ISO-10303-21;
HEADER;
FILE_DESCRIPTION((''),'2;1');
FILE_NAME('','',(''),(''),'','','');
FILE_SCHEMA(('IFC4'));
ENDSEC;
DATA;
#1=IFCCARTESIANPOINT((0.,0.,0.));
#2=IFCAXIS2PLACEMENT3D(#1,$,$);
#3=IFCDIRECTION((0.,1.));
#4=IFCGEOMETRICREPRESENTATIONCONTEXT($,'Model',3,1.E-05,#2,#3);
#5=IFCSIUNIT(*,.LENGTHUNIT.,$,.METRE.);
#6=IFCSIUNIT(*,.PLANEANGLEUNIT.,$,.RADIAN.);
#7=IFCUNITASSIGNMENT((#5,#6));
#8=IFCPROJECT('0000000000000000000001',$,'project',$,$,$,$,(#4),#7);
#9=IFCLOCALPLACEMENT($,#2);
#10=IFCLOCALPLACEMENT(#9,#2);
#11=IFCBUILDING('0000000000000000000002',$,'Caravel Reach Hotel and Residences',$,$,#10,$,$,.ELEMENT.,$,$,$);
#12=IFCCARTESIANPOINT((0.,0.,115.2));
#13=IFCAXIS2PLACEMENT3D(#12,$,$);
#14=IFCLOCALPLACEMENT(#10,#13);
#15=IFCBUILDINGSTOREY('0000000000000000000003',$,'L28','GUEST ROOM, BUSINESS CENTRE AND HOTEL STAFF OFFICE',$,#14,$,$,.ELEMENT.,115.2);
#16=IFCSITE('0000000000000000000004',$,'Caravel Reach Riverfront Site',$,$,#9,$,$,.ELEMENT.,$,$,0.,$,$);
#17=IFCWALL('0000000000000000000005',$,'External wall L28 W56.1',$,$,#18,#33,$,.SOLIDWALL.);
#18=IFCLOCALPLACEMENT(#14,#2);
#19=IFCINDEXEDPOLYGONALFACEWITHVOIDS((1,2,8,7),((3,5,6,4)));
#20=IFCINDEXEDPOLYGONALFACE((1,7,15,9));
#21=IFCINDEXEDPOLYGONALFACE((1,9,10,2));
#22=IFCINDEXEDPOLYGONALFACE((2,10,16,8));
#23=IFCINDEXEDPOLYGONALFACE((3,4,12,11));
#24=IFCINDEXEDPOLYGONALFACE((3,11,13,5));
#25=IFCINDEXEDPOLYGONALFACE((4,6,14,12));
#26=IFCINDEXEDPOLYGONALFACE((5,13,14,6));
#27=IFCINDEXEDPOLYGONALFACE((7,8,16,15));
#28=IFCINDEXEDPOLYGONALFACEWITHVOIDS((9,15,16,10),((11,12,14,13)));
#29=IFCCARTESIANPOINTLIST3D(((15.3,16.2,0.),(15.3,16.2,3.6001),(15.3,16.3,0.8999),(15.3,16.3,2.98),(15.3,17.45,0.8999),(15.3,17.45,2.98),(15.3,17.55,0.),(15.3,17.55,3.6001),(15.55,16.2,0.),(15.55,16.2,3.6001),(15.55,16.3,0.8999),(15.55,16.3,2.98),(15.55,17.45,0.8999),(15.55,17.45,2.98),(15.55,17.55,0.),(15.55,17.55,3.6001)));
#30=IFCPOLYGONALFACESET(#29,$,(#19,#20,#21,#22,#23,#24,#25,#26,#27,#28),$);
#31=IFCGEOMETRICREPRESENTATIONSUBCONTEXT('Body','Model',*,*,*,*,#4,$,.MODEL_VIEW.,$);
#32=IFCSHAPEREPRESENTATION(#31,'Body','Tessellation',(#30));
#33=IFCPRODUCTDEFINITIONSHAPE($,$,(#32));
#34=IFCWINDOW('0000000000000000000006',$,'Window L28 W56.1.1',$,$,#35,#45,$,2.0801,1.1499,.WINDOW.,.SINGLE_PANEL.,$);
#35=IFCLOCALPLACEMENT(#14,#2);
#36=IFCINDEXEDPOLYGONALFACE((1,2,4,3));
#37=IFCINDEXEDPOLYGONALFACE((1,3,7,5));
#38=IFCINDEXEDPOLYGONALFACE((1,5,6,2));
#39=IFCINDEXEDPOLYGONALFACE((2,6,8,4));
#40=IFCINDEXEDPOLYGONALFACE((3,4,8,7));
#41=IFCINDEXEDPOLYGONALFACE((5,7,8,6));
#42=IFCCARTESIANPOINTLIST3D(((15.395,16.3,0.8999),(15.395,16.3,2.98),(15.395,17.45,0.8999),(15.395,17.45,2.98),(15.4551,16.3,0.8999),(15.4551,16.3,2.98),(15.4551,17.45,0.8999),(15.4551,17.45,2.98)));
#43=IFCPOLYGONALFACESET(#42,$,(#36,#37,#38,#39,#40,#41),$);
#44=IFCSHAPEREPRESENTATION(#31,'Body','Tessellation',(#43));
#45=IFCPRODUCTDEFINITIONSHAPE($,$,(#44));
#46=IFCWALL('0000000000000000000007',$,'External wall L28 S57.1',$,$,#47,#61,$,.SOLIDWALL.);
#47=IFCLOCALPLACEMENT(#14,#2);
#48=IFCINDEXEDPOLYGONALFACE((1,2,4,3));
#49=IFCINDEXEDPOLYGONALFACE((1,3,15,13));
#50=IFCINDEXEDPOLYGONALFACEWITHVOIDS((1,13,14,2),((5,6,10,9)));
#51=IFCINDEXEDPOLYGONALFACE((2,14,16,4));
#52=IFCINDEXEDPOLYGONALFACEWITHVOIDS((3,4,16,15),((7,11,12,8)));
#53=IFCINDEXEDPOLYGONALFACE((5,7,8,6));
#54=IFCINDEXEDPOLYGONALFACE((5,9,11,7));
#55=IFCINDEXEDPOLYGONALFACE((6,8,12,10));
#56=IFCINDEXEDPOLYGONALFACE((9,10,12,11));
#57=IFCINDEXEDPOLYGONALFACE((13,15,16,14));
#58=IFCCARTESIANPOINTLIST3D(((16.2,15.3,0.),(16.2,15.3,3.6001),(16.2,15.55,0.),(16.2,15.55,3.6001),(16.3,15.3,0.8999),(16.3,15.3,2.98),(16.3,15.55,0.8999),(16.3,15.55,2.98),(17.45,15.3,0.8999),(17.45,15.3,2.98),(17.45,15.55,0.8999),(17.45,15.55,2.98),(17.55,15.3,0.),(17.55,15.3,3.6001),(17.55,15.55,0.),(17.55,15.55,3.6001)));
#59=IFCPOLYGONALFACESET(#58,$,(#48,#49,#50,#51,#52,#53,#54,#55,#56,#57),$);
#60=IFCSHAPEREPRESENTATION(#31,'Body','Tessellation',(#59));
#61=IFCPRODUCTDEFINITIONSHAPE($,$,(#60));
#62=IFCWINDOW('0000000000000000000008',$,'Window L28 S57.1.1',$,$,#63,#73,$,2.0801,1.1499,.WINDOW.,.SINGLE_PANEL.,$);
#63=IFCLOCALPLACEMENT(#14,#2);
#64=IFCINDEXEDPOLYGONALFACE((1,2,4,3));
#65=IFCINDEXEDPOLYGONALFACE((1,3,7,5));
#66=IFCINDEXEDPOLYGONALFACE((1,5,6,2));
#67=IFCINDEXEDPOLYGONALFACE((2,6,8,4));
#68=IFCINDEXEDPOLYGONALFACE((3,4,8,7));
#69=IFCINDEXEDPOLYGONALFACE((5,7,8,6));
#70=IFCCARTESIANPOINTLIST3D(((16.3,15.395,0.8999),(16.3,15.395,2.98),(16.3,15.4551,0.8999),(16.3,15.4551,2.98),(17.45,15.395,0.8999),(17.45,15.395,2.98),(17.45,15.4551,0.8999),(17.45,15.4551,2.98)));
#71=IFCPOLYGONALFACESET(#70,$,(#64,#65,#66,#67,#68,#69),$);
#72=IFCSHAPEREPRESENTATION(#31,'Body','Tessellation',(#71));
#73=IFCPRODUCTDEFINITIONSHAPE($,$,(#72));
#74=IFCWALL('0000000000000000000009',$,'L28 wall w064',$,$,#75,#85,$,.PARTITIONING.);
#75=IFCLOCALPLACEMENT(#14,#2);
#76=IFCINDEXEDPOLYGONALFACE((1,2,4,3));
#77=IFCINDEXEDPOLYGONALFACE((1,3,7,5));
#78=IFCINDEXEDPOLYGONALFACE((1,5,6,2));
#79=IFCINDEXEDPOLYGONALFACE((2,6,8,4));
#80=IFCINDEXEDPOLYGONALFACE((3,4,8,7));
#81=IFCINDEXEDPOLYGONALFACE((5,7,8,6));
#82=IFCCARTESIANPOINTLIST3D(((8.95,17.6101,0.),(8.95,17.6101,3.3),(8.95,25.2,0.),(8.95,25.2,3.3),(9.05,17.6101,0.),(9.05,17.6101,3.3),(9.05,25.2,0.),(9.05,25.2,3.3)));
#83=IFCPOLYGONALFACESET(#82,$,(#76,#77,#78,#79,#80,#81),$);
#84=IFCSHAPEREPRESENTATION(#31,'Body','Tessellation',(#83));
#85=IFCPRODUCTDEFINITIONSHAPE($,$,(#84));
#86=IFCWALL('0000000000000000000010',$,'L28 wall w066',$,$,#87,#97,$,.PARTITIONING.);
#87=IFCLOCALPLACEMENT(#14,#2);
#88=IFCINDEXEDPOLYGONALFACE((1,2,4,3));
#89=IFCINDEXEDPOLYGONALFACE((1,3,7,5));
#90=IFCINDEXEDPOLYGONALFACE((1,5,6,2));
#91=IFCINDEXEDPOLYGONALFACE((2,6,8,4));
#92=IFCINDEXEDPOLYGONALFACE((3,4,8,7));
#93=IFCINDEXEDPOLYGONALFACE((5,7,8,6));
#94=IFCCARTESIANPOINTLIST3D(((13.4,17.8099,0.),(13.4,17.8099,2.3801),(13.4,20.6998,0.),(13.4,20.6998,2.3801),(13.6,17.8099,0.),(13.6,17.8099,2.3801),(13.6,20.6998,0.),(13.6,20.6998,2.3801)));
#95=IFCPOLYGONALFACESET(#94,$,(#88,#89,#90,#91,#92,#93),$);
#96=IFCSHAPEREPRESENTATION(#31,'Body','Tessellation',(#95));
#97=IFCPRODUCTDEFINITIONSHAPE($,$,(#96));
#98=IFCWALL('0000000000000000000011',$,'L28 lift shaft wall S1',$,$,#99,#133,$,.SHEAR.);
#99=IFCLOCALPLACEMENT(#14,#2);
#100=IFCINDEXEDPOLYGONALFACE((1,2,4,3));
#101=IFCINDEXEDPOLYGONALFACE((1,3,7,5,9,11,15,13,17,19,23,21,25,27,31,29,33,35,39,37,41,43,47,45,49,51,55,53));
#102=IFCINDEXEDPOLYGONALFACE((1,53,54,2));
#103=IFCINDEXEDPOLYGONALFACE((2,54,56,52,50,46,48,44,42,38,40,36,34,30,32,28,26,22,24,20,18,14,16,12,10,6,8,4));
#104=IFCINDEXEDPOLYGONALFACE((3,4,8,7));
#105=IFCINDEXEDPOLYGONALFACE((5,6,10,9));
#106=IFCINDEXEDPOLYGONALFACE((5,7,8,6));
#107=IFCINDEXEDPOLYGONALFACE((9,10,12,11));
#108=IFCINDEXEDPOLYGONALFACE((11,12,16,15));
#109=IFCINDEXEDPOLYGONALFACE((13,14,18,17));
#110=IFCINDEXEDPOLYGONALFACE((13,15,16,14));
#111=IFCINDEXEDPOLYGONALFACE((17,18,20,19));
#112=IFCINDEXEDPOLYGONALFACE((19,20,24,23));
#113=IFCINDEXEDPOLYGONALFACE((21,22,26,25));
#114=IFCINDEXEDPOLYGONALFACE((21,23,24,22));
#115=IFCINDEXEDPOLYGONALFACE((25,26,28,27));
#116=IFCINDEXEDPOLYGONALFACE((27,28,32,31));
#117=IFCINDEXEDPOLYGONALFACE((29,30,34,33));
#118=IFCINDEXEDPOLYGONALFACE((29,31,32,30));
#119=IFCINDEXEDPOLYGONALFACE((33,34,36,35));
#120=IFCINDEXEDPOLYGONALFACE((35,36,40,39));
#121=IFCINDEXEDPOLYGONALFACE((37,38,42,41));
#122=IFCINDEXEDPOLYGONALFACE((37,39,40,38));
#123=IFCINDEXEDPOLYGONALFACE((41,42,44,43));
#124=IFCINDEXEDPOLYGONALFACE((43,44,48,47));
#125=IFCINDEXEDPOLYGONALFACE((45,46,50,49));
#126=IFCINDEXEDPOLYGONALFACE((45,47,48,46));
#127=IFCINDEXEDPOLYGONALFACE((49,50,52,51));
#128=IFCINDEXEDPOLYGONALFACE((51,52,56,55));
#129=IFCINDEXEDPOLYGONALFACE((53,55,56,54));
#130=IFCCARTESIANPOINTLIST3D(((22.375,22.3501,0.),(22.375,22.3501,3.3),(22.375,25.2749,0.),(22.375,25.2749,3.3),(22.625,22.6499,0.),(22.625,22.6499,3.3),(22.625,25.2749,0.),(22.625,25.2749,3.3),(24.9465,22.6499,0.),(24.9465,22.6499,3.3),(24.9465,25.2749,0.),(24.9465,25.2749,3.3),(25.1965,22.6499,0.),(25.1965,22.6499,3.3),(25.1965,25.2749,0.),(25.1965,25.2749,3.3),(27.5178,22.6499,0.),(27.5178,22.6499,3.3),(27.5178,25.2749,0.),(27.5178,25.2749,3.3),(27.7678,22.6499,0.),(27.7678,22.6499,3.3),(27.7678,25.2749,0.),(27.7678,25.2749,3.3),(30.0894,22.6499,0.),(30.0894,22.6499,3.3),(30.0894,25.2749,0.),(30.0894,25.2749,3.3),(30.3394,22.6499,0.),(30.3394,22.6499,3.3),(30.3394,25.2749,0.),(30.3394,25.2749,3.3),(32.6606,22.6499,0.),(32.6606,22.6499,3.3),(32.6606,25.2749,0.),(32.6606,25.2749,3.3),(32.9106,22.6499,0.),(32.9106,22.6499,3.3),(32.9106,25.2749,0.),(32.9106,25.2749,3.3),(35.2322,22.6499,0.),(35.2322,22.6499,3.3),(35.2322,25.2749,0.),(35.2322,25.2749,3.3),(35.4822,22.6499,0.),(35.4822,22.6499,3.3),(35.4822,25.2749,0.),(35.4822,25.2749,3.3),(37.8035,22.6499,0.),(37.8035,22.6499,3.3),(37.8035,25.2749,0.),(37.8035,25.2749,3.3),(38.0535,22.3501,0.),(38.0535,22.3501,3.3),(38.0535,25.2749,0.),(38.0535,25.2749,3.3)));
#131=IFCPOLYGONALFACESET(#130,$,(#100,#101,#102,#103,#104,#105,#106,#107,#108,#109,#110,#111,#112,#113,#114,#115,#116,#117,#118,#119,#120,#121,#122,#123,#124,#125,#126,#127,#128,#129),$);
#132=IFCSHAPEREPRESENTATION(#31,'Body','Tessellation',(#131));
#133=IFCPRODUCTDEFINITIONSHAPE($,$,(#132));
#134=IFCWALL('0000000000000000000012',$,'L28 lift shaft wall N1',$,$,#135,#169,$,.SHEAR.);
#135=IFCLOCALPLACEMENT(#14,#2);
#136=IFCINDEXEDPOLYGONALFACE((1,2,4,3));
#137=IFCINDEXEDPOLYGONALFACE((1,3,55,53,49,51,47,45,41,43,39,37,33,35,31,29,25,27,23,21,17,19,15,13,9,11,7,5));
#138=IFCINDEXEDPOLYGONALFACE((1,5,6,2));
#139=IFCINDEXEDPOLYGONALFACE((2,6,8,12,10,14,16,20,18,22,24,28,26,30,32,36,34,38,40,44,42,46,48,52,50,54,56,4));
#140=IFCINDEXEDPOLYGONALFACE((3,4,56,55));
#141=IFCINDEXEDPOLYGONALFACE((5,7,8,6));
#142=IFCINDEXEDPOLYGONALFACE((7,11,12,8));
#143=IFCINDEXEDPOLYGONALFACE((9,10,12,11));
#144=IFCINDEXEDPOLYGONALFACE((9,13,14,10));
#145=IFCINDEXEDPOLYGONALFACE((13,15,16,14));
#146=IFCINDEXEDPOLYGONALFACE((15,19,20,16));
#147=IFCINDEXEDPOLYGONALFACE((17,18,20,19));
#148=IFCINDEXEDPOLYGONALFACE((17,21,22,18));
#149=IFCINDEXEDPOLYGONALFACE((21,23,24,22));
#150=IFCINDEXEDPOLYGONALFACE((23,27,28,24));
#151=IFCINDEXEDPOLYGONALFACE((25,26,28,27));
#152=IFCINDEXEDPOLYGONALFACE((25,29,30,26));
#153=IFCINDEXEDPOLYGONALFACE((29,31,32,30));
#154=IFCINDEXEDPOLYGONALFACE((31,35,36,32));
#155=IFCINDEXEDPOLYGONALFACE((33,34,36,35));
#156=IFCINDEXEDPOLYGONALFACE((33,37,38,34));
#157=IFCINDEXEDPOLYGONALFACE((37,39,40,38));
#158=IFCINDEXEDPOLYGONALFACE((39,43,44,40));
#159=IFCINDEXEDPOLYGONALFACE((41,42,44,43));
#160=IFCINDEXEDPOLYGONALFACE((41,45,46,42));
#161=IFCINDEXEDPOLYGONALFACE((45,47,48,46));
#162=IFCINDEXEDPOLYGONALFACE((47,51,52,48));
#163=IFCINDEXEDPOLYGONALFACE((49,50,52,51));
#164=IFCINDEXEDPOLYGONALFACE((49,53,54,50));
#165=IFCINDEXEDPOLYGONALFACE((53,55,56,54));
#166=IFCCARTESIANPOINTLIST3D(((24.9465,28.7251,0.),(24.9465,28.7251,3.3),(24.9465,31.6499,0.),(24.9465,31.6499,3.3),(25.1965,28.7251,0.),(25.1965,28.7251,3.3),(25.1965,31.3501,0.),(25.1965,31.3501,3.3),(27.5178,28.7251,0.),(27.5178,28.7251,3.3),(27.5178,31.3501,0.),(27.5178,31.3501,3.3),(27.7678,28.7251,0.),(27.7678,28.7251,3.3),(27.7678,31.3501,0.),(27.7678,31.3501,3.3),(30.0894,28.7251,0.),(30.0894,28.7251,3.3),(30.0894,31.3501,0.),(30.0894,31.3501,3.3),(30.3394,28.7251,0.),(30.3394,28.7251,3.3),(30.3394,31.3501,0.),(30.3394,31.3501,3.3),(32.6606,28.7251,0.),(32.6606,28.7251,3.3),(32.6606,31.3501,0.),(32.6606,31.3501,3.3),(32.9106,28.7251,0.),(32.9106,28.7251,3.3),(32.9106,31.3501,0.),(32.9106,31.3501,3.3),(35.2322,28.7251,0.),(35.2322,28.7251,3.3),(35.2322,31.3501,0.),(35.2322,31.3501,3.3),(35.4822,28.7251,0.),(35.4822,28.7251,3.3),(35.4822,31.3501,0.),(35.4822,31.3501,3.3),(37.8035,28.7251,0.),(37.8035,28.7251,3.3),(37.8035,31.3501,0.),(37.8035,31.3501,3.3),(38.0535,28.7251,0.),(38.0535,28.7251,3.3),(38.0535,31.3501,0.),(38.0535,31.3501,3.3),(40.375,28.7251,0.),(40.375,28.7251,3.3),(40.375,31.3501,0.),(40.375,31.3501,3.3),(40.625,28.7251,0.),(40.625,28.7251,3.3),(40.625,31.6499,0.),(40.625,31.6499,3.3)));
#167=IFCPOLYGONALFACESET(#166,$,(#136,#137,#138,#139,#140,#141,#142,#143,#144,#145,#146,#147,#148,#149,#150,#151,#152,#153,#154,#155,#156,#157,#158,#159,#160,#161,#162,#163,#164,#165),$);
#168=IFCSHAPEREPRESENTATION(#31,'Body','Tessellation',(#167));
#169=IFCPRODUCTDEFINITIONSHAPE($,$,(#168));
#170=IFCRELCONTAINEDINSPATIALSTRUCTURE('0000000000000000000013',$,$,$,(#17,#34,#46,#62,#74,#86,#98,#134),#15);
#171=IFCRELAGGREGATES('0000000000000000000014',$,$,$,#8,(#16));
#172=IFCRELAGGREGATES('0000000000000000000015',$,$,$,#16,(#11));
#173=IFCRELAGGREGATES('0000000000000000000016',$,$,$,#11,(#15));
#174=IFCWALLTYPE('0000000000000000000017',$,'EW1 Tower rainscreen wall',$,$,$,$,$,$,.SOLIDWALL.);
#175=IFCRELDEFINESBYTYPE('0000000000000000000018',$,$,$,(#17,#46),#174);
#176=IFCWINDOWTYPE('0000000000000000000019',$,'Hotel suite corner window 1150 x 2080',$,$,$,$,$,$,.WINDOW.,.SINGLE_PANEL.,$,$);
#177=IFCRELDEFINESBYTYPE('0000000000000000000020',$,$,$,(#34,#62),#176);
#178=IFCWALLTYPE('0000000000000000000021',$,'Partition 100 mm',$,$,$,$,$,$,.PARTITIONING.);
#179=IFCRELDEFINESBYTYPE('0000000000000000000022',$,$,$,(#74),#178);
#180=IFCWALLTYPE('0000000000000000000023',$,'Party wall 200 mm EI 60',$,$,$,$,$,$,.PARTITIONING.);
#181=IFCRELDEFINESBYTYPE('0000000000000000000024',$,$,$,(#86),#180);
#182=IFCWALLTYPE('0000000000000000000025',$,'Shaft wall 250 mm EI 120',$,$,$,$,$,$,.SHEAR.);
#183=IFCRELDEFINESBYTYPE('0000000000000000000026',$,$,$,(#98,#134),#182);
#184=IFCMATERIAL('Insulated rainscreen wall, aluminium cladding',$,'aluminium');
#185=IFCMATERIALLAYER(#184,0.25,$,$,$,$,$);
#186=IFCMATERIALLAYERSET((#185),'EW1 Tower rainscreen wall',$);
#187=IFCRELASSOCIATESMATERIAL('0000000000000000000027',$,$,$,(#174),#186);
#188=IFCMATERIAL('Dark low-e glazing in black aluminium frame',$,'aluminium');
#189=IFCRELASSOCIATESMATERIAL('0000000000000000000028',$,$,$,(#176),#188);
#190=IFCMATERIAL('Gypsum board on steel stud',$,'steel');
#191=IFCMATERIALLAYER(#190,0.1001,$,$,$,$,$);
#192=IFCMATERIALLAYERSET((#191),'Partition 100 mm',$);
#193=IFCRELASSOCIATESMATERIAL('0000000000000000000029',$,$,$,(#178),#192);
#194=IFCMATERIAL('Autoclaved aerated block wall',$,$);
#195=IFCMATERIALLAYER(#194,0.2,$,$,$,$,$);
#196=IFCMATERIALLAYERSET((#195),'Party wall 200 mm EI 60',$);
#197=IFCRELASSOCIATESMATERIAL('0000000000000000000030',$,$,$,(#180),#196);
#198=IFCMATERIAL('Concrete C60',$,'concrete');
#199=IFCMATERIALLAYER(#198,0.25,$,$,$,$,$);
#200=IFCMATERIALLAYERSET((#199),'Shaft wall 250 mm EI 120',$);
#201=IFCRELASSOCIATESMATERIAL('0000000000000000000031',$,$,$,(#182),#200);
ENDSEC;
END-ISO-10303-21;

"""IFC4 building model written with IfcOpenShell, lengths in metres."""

from ifc_helpers import new_model, si_unit, direction, frame, frame_2d, origin, place, context, subcontext, project, spatial, polyline, rectangle, outline, extrude, material, layer, layer_set, type_object, element, fill, save


model = new_model("IFC4")

# Units and contexts
model_context = context("Model", 3, precision=1e-05, world=origin(), true_north=direction((0.0, 1.0)))
body_context = subcontext(model_context, "Body", "Model", "MODEL_VIEW")
ifc_project = project(units=[si_unit("LENGTHUNIT", "METRE"), si_unit("PLANEANGLEUNIT", "RADIAN")], contexts=[model_context])

# Site, building, storey
site_placement = place(None, origin())
site = spatial("IfcSite", under=ifc_project, at=site_placement, Name="Caravel Reach Riverfront Site", CompositionType="ELEMENT", RefElevation=0.0)
building_placement = place(site_placement, origin())
building = spatial("IfcBuilding", under=site, at=building_placement, Name="Caravel Reach Hotel and Residences", CompositionType="ELEMENT")
storey_placement = place(building_placement, frame((0.0, 0.0, 115.2)))
storey = spatial("IfcBuildingStorey", under=building, at=storey_placement, Name="L28", Description="GUEST ROOM, BUSINESS CENTRE AND HOTEL STAFF OFFICE", CompositionType="ELEMENT", Elevation=115.2)

# Shared definitions
ifc_material_1 = material(Name="Insulated rainscreen wall, aluminium cladding", Category="aluminium")
ifc_layer_1 = layer(ifc_material_1, 0.25)
ifc_layer_set_1 = layer_set([ifc_layer_1], Name="EW1 Tower rainscreen wall")
wall_type_1 = type_object("IfcWallType", Name="EW1 Tower rainscreen wall", PredefinedType="SOLIDWALL", material=ifc_layer_set_1)

# Walls, openings, windows
ifc_material_2 = material(Name="Dark low-e glazing in black aluminium frame", Category="aluminium")
window_type_1 = type_object("IfcWindowType", Name="Hotel suite corner window 1150 x 2080", PartitioningType="SINGLE_PANEL", PredefinedType="WINDOW", material=ifc_material_2)
wall_1_placement = place(storey_placement, frame((15.425, 17.55, 0.0), z_axis=(0.0, 0.0, 1.0), x_axis=(0.0, -1.0, 0.0)))
wall_1 = element("IfcWall", 1, at=wall_1_placement, inside=storey, type_object=wall_type_1, Name="External wall L28 W56.1", PredefinedType="SOLIDWALL", context=body_context, shape_type="SweptSolid", body=[
    extrude(rectangle(XDim=1.3501, YDim=0.25, at=frame_2d((0.675, 0.0))), origin(), (0.0, 0.0, 1.0), 3.6001),
])
opening_1_placement = place(wall_1_placement, frame((0.1001, 0.0, 0.8999)))
opening_1 = element("IfcOpeningElement", 2, at=opening_1_placement, cuts=wall_1, PredefinedType="OPENING", context=body_context, shape_type="SweptSolid", body=[
    extrude(rectangle(XDim=1.1499, YDim=2.0801, at=frame_2d((0.575, 1.04))), frame((0.0, 0.135, 0.0), z_axis=(0.0, -1.0, 0.0), x_axis=(1.0, 0.0, 0.0)), (0.0, 0.0, 1.0), 0.27),
])
window_1_placement = place(opening_1_placement, origin())
window_1 = element("IfcWindow", 3, at=window_1_placement, inside=storey, type_object=window_type_1, Name="Window L28 W56.1.1", OverallHeight=2.0801, OverallWidth=1.1499, PartitioningType="SINGLE_PANEL", PredefinedType="WINDOW", context=body_context, shape_type="SweptSolid", body=[
    extrude(rectangle(XDim=1.1499, YDim=2.0801, at=frame_2d((0.575, 1.04))), frame((0.0, 0.03, 0.0), z_axis=(0.0, -1.0, 0.0), x_axis=(1.0, 0.0, 0.0)), (0.0, 0.0, 1.0), 0.0601),
])
fill(opening_1, window_1)
wall_2_placement = place(storey_placement, frame((16.2, 15.425, 0.0), z_axis=(0.0, 0.0, 1.0), x_axis=(1.0, 0.0, 0.0)))
wall_2 = element("IfcWall", 4, at=wall_2_placement, inside=storey, type_object=wall_type_1, Name="External wall L28 S57.1", PredefinedType="SOLIDWALL", context=body_context, shape_type="SweptSolid", body=[
    extrude(rectangle(XDim=1.3501, YDim=0.25, at=frame_2d((0.675, 0.0))), origin(), (0.0, 0.0, 1.0), 3.6001),
])
opening_2_placement = place(wall_2_placement, frame((0.1001, 0.0, 0.8999)))
opening_2 = element("IfcOpeningElement", 5, at=opening_2_placement, cuts=wall_2, PredefinedType="OPENING", context=body_context, shape_type="SweptSolid", body=[
    extrude(rectangle(XDim=1.1499, YDim=2.0801, at=frame_2d((0.575, 1.04))), frame((0.0, 0.135, 0.0), z_axis=(0.0, -1.0, 0.0), x_axis=(1.0, 0.0, 0.0)), (0.0, 0.0, 1.0), 0.27),
])
window_2_placement = place(opening_2_placement, origin())
window_2 = element("IfcWindow", 6, at=window_2_placement, inside=storey, type_object=window_type_1, Name="Window L28 S57.1.1", OverallHeight=2.0801, OverallWidth=1.1499, PartitioningType="SINGLE_PANEL", PredefinedType="WINDOW", context=body_context, shape_type="SweptSolid", body=[
    extrude(rectangle(XDim=1.1499, YDim=2.0801, at=frame_2d((0.575, 1.04))), frame((0.0, 0.03, 0.0), z_axis=(0.0, -1.0, 0.0), x_axis=(1.0, 0.0, 0.0)), (0.0, 0.0, 1.0), 0.0601),
])
fill(opening_2, window_2)

# Walls
ifc_material_3 = material(Name="Gypsum board on steel stud", Category="steel")
ifc_layer_2 = layer(ifc_material_3, 0.1001)
ifc_layer_set_2 = layer_set([ifc_layer_2], Name="Partition 100 mm")
wall_type_2 = type_object("IfcWallType", Name="Partition 100 mm", PredefinedType="PARTITIONING", material=ifc_layer_set_2)
wall_3_placement = place(storey_placement, frame((9.0, 17.6101, 0.0), z_axis=(0.0, 0.0, 1.0), x_axis=(0.0, 1.0, 0.0)))
element("IfcWall", 7, at=wall_3_placement, inside=storey, type_object=wall_type_2, Name="L28 wall w064", PredefinedType="PARTITIONING", context=body_context, shape_type="SweptSolid", body=[
    extrude(rectangle(XDim=7.5898, YDim=0.1001, at=frame_2d((3.7949, 0.0))), origin(), (0.0, 0.0, 1.0), 3.3),
])
ifc_material_4 = material(Name="Autoclaved aerated block wall")
ifc_layer_3 = layer(ifc_material_4, 0.2)
ifc_layer_set_3 = layer_set([ifc_layer_3], Name="Party wall 200 mm EI 60")
wall_type_3 = type_object("IfcWallType", Name="Party wall 200 mm EI 60", PredefinedType="PARTITIONING", material=ifc_layer_set_3)
wall_4_placement = place(storey_placement, frame((13.5, 17.8101, 0.0), z_axis=(0.0, 0.0, 1.0), x_axis=(0.0, 1.0, 0.0)))
element("IfcWall", 8, at=wall_4_placement, inside=storey, type_object=wall_type_3, Name="L28 wall w066", PredefinedType="PARTITIONING", context=body_context, shape_type="SweptSolid", body=[
    extrude(rectangle(XDim=2.8899, YDim=0.2, at=frame_2d((1.4448, 0.0))), origin(), (0.0, 0.0, 1.0), 2.3801),
])
ifc_material_5 = material(Name="Concrete C60", Category="concrete")
ifc_layer_4 = layer(ifc_material_5, 0.25)
ifc_layer_set_4 = layer_set([ifc_layer_4], Name="Shaft wall 250 mm EI 120")
wall_type_4 = type_object("IfcWallType", Name="Shaft wall 250 mm EI 120", PredefinedType="SHEAR", material=ifc_layer_set_4)
wall_5_placement = place(storey_placement, origin())
element("IfcWall", 9, at=wall_5_placement, inside=storey, type_object=wall_type_4, Name="L28 lift shaft wall S1", PredefinedType="SHEAR", context=body_context, shape_type="SweptSolid", body=[
    extrude(outline(polyline([(22.375, 22.3501), (38.0535, 22.3501), (38.0535, 25.2749), (37.8035, 25.2749), (37.8035, 22.6499), (35.4822, 22.6499), (35.4822, 25.2749), (35.2322, 25.2749), (35.2322, 22.6499), (32.9106, 22.6499), (32.9106, 25.2749), (32.6606, 25.2749), (32.6606, 22.6499), (30.3394, 22.6499), (30.3394, 25.2749), (30.0894, 25.2749), (30.0894, 22.6499), (27.7678, 22.6499), (27.7678, 25.2749), (27.5178, 25.2749), (27.5178, 22.6499), (25.1965, 22.6499), (25.1965, 25.2749), (24.9465, 25.2749), (24.9465, 22.6499), (22.625, 22.6499), (22.625, 25.2749), (22.375, 25.2749), (22.375, 22.3501)])), origin(), (0.0, 0.0, 1.0), 3.3),
])
wall_6_placement = place(storey_placement, origin())
element("IfcWall", 10, at=wall_6_placement, inside=storey, type_object=wall_type_4, Name="L28 lift shaft wall N1", PredefinedType="SHEAR", context=body_context, shape_type="SweptSolid", body=[
    extrude(outline(polyline([(24.9465, 28.7251), (25.1965, 28.7251), (25.1965, 31.3501), (27.5178, 31.3501), (27.5178, 28.7251), (27.7678, 28.7251), (27.7678, 31.3501), (30.0894, 31.3501), (30.0894, 28.7251), (30.3394, 28.7251), (30.3394, 31.3501), (32.6606, 31.3501), (32.6606, 28.7251), (32.9106, 28.7251), (32.9106, 31.3501), (35.2322, 31.3501), (35.2322, 28.7251), (35.4822, 28.7251), (35.4822, 31.3501), (37.8035, 31.3501), (37.8035, 28.7251), (38.0535, 28.7251), (38.0535, 31.3501), (40.375, 31.3501), (40.375, 28.7251), (40.625, 28.7251), (40.625, 31.6499), (24.9465, 31.6499), (24.9465, 28.7251)])), origin(), (0.0, 0.0, 1.0), 3.3),
])

save(model, "model.ifc")
